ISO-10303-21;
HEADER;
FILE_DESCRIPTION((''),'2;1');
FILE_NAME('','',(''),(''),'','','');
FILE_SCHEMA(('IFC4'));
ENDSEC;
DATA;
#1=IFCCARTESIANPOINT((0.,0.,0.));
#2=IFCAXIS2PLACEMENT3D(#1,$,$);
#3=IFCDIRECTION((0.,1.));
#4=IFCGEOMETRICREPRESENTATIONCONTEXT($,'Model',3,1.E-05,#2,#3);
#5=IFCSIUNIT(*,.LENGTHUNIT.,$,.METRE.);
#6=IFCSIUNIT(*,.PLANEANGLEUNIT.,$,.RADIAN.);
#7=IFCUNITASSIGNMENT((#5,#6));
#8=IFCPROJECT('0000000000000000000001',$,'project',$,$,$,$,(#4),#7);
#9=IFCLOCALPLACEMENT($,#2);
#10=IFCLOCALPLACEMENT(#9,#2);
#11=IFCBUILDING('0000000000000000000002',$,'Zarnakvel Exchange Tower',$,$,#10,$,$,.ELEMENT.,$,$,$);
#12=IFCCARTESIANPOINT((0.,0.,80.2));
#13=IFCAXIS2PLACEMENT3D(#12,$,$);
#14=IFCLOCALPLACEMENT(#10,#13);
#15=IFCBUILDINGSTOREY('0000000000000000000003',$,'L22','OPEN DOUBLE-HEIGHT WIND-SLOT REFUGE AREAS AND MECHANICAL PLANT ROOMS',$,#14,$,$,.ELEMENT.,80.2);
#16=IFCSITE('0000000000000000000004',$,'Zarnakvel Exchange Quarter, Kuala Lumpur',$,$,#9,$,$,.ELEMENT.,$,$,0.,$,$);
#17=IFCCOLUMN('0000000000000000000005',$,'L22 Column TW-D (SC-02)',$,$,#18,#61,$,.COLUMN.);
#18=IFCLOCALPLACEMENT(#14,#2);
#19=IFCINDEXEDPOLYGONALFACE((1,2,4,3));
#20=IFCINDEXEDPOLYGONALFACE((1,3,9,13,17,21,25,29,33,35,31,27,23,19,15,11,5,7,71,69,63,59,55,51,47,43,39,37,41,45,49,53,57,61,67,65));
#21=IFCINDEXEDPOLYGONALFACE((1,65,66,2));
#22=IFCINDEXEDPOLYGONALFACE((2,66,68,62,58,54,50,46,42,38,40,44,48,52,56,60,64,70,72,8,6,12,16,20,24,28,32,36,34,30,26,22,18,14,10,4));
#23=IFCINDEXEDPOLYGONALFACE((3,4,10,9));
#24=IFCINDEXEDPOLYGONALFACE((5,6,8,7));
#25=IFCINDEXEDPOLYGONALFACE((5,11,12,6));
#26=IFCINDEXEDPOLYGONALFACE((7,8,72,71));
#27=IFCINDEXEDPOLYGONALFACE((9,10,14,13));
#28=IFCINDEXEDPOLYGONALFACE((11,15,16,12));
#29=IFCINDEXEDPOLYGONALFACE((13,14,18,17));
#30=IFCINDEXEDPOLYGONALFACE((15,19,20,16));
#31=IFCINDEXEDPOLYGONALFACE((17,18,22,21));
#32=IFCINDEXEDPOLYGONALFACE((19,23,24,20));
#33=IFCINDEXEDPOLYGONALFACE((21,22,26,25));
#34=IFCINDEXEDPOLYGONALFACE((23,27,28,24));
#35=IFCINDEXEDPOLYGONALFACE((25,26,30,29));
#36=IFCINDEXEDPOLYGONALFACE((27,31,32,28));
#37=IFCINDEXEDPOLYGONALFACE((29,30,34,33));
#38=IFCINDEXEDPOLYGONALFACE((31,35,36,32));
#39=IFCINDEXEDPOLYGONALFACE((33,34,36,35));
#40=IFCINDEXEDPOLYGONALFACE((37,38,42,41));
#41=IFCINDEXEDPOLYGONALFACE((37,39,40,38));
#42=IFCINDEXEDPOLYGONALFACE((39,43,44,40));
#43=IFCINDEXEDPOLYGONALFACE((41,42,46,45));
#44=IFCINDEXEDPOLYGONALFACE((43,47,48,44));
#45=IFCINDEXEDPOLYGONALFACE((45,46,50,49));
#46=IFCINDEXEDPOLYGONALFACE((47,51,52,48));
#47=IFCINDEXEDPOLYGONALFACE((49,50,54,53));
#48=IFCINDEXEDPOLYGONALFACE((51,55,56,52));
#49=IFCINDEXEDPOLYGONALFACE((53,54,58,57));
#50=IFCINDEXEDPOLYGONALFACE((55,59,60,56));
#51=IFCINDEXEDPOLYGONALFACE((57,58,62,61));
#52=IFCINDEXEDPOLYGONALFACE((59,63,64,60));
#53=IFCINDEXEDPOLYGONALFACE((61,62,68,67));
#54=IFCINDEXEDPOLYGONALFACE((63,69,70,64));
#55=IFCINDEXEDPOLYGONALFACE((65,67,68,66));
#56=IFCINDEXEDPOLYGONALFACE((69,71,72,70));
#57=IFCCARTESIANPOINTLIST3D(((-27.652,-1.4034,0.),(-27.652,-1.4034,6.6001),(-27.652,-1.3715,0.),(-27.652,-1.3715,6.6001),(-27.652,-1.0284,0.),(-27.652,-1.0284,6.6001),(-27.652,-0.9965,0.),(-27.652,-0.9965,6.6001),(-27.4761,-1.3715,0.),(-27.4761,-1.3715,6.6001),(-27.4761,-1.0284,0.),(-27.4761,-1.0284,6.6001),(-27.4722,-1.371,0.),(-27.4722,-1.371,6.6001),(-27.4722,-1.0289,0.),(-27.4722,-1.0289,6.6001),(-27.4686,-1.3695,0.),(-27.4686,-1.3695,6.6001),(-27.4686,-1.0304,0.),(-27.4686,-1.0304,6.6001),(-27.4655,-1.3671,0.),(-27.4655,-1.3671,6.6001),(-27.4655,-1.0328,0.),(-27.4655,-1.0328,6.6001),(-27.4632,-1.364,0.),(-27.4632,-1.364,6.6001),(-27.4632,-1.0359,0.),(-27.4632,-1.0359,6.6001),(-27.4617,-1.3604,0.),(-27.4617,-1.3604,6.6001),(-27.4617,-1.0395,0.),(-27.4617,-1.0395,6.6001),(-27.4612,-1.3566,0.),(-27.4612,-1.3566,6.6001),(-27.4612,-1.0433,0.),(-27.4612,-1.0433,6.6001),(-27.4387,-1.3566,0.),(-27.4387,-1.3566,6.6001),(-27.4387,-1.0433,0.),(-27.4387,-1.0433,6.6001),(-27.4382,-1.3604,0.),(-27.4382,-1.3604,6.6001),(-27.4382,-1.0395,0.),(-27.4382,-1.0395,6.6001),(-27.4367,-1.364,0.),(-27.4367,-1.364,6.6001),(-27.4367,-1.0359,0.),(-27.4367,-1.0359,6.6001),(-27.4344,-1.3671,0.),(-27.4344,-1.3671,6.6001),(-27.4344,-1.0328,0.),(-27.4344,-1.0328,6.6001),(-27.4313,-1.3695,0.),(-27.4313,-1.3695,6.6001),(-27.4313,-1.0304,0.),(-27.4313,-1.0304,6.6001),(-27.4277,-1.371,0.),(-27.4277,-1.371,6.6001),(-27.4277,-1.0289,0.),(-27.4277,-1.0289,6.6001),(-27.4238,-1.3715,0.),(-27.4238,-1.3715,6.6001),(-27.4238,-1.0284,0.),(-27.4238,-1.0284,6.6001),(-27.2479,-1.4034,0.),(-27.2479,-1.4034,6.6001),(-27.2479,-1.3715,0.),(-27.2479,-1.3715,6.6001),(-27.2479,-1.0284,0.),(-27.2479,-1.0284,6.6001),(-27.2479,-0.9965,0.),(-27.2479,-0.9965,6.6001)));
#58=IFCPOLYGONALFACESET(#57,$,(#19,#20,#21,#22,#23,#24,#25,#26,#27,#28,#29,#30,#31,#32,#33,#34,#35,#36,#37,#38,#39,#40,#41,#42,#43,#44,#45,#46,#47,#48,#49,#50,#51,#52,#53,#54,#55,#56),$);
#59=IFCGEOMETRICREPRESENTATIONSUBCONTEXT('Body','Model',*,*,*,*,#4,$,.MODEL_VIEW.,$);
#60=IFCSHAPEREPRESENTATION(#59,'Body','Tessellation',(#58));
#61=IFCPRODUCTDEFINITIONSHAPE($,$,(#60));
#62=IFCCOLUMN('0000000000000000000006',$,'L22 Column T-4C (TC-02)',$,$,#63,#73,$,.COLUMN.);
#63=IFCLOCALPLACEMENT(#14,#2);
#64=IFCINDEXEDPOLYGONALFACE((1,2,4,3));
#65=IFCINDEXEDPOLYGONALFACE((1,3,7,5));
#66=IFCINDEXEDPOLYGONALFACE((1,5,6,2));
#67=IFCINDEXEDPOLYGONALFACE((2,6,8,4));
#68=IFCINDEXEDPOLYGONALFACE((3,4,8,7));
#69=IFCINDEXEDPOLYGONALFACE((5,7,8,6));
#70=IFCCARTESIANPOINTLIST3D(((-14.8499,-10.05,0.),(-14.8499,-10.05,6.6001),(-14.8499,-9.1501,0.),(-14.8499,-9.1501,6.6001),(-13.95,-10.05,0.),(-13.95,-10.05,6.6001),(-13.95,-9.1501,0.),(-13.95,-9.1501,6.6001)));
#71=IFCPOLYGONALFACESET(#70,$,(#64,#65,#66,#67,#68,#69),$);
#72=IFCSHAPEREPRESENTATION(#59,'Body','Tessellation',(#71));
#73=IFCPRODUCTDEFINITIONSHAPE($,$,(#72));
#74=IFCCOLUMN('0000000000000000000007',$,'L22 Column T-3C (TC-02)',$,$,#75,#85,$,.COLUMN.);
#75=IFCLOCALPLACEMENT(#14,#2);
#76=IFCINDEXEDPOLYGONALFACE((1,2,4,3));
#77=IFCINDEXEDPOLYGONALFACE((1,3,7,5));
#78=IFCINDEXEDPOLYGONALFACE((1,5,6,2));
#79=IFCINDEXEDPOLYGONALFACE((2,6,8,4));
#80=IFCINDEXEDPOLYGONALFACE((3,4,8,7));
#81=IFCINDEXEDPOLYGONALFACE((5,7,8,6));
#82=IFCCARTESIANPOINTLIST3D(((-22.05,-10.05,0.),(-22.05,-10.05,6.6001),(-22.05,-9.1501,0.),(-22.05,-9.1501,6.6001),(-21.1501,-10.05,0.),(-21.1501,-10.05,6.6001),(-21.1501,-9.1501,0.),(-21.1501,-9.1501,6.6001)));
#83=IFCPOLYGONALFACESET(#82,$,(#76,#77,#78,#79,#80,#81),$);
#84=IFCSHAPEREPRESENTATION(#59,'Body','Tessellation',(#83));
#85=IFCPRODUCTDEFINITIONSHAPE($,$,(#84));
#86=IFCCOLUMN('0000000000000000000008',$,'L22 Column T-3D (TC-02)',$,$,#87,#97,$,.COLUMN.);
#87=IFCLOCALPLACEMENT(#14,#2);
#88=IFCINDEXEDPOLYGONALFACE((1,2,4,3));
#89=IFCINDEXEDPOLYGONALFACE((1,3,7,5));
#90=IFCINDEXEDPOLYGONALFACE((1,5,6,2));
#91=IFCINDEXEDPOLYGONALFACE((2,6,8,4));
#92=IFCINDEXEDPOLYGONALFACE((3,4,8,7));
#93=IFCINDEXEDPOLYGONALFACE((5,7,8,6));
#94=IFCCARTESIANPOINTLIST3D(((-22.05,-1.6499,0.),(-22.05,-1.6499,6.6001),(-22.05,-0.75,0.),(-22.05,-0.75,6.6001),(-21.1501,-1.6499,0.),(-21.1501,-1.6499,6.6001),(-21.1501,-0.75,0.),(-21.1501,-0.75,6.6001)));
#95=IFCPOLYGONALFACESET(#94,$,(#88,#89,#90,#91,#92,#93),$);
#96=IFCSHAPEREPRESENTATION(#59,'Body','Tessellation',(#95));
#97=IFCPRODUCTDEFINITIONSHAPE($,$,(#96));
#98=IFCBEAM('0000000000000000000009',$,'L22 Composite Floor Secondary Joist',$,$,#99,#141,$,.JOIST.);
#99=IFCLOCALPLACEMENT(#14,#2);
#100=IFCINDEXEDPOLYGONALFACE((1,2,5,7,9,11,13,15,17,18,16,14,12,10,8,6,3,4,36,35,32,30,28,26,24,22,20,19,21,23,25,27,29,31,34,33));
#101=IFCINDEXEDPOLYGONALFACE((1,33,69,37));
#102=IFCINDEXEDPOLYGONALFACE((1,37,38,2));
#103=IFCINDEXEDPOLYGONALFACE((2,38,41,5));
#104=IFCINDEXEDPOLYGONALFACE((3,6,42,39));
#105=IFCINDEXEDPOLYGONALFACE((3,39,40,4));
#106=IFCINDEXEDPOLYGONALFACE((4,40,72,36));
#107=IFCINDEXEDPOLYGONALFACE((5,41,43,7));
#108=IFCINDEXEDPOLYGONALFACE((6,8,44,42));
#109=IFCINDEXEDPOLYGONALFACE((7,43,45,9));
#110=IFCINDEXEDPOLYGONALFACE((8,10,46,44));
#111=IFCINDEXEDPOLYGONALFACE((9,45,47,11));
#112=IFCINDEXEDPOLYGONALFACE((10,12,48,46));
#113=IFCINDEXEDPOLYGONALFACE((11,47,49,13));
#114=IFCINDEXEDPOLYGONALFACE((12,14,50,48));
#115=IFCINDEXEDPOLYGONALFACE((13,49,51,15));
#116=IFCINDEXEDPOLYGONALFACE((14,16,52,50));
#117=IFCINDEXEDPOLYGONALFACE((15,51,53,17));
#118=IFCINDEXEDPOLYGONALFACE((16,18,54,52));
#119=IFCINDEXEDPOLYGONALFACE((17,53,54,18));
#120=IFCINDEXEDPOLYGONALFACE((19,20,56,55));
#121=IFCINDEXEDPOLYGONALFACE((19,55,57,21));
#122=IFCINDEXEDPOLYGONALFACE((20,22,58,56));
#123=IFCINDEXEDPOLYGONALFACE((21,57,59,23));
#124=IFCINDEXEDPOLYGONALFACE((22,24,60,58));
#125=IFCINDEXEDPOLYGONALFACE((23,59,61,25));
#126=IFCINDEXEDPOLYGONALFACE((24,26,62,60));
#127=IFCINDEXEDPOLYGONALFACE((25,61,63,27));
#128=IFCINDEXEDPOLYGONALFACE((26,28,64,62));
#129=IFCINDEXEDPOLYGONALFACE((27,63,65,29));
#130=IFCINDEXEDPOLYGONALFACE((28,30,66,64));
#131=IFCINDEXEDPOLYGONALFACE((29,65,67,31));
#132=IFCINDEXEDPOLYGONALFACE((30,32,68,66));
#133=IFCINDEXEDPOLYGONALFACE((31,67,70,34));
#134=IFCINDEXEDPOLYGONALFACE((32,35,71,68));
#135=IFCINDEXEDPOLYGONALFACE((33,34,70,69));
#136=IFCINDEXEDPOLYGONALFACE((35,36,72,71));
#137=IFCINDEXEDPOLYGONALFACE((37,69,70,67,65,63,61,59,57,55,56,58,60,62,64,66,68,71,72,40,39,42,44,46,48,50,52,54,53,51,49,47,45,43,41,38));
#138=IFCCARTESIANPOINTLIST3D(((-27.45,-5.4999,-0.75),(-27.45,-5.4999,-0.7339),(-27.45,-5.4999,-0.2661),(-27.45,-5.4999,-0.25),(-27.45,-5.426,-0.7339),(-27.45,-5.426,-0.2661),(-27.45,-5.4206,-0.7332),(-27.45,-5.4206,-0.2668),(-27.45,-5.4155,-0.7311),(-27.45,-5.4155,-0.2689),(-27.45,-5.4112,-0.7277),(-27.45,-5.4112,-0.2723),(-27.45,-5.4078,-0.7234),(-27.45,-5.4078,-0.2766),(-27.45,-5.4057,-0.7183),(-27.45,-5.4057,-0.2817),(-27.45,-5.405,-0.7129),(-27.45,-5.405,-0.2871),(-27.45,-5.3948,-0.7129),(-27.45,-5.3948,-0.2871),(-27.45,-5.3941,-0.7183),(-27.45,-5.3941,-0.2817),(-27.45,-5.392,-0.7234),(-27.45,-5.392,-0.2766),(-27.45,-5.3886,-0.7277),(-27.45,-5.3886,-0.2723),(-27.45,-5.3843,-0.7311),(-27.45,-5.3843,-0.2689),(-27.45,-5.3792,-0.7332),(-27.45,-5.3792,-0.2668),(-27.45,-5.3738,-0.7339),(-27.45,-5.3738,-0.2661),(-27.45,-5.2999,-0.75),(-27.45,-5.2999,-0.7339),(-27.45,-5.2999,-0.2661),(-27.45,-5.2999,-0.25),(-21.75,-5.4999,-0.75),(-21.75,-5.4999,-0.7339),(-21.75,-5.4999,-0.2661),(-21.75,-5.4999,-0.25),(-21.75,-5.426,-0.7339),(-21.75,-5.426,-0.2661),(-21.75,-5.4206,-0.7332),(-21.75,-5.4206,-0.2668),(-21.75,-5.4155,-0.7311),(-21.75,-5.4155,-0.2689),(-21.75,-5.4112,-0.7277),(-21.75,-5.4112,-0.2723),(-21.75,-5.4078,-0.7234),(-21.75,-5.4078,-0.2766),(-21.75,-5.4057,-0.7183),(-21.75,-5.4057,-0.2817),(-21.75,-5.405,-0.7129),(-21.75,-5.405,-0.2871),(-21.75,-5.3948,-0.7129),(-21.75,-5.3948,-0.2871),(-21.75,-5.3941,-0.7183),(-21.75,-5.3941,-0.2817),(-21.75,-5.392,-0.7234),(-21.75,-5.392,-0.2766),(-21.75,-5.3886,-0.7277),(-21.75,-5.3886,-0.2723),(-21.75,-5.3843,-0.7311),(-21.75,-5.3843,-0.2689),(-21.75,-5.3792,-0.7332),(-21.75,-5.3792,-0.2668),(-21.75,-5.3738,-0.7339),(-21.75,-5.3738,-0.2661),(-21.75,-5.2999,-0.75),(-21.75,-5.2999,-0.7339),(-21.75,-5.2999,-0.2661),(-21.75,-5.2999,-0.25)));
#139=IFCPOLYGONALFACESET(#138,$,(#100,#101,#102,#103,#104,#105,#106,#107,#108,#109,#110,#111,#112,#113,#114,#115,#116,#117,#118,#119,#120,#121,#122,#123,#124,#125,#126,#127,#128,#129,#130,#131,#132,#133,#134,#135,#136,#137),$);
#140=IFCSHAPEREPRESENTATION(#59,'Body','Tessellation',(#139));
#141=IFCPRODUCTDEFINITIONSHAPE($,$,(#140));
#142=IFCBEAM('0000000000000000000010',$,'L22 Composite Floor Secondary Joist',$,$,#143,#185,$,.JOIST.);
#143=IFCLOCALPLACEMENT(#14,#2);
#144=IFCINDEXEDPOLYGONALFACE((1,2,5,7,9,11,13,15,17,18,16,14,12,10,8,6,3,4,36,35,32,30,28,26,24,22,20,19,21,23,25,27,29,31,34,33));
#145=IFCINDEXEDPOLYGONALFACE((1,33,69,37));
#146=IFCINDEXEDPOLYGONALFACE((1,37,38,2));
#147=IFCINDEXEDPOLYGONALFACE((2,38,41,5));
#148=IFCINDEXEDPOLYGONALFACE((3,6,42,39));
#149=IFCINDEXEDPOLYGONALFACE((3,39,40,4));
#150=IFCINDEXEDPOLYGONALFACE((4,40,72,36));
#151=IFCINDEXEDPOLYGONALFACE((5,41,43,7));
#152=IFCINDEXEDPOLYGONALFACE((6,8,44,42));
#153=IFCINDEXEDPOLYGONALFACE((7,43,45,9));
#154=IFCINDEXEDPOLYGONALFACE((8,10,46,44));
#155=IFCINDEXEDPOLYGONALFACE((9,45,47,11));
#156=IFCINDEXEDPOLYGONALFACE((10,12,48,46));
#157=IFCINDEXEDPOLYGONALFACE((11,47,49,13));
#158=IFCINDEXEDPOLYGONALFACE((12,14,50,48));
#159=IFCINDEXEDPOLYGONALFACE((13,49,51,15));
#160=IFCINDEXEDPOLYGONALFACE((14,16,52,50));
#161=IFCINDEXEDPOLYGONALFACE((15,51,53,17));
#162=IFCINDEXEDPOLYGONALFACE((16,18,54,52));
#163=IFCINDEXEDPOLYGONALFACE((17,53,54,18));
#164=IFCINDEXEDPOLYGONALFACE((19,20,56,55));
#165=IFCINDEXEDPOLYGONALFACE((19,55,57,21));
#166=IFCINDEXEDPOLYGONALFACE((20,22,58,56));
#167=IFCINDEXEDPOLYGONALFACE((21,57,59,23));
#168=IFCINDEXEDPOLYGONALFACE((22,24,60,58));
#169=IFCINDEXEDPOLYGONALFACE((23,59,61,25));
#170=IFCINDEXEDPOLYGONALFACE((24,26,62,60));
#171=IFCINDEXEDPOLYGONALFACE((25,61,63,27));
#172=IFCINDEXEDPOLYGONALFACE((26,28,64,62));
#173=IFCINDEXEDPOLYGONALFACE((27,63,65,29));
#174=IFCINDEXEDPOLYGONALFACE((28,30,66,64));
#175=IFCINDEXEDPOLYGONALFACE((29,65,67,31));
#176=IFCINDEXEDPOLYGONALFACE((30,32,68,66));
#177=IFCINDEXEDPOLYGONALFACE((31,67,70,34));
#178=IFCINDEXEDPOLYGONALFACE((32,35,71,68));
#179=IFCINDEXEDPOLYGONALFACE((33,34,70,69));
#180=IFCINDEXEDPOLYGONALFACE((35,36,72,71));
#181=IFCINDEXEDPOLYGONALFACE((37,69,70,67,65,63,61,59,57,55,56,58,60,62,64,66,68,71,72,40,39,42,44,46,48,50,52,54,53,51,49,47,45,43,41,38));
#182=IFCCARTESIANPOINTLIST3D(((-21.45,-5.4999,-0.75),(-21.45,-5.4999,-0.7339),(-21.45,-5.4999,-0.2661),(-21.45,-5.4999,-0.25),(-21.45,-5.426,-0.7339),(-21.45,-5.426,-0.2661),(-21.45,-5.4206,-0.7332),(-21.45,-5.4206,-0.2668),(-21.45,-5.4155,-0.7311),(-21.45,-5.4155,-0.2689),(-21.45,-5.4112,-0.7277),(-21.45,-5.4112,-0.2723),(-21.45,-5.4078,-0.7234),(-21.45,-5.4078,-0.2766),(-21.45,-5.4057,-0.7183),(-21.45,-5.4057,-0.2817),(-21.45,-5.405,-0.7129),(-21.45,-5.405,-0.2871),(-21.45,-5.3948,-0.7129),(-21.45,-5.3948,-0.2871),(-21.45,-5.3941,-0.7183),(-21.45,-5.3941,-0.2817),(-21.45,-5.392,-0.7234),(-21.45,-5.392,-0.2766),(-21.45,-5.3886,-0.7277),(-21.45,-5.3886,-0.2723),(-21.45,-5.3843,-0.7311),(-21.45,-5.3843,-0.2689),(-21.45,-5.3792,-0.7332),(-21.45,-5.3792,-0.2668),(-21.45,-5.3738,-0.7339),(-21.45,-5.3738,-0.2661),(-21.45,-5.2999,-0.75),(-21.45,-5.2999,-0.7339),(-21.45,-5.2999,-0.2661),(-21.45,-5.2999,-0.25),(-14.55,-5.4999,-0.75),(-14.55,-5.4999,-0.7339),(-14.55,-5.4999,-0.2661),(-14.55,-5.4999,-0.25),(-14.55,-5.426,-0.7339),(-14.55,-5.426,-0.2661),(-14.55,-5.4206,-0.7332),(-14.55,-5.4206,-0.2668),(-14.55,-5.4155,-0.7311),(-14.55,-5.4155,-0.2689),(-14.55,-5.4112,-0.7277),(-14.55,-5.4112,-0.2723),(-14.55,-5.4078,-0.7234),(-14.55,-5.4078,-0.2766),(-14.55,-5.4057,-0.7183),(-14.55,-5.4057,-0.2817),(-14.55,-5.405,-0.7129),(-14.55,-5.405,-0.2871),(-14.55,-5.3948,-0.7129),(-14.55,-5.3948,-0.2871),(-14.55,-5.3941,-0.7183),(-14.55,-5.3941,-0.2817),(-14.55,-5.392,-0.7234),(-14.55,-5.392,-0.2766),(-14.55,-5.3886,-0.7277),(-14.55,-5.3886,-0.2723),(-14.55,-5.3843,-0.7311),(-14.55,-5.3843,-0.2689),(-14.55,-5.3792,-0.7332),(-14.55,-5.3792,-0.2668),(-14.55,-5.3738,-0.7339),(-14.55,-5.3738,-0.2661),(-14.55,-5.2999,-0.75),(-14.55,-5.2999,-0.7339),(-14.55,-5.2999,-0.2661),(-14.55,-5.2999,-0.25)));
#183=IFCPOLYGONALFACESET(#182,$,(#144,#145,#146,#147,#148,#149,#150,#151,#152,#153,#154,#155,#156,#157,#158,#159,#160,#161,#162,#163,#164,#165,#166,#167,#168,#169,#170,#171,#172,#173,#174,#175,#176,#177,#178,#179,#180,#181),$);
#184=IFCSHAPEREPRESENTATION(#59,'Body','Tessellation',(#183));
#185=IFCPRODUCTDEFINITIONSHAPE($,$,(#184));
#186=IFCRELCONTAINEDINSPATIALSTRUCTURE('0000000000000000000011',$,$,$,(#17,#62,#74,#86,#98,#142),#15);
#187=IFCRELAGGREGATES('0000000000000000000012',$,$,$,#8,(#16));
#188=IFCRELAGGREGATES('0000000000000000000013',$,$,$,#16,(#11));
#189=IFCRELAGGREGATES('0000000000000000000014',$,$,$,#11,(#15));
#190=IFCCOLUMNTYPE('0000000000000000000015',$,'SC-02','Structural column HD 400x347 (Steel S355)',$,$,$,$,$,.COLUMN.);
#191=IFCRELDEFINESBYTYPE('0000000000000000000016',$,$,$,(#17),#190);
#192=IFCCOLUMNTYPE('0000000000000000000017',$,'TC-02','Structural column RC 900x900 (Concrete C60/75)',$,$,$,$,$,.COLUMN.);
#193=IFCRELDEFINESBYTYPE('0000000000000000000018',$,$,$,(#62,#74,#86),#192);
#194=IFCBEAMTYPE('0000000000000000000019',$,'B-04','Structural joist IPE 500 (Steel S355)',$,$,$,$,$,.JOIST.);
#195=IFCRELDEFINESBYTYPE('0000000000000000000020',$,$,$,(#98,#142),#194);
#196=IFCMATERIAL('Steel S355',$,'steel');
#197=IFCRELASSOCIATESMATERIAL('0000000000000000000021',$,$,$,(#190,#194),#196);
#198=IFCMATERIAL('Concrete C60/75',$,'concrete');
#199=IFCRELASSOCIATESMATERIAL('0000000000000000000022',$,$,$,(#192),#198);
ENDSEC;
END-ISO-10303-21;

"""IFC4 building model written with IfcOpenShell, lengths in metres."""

from ifc_helpers import new_model, si_unit, direction, frame, origin, origin_2d, place, context, subcontext, project, spatial, rectangle, i_section, extrude, material, material_profile, profile_set, type_object, element, save


model = new_model("IFC4")

# Units and contexts
model_context = context("Model", 3, precision=1e-05, world=origin(), true_north=direction((0.0, 1.0)))
body_context = subcontext(model_context, "Body", "Model", "MODEL_VIEW")
ifc_project = project(units=[si_unit("LENGTHUNIT", "METRE"), si_unit("PLANEANGLEUNIT", "RADIAN")], contexts=[model_context])

# Site, building, storey
site_placement = place(None, origin())
site = spatial("IfcSite", under=ifc_project, at=site_placement, Name="Zarnakvel Exchange Quarter, Kuala Lumpur", CompositionType="ELEMENT", RefElevation=0.0)
building_placement = place(site_placement, origin())
building = spatial("IfcBuilding", under=site, at=building_placement, Name="Zarnakvel Exchange Tower", CompositionType="ELEMENT")
storey_placement = place(building_placement, frame((0.0, 0.0, 80.2)))
storey = spatial("IfcBuildingStorey", under=building, at=storey_placement, Name="L22", Description="OPEN DOUBLE-HEIGHT WIND-SLOT REFUGE AREAS AND MECHANICAL PLANT ROOMS", CompositionType="ELEMENT", Elevation=80.2)

# Columns
ifc_material_1 = material(Name="Steel S355", Category="steel")
ifc_material_profile_1 = material_profile(ifc_material_1, i_section(OverallWidth=0.4041, OverallDepth=0.407, WebThickness=0.0225, FlangeThickness=0.032, FilletRadius=0.0149, at=origin_2d()))
ifc_profile_set_1 = profile_set([ifc_material_profile_1], Name="Steel S355")
column_type_1 = type_object("IfcColumnType", Name="SC-02", Description="Structural column HD 400x347 (Steel S355)", PredefinedType="COLUMN", material=ifc_profile_set_1)
column_placement = place(storey_placement, frame((-27.45, -1.2, 0.0), z_axis=(0.0, 0.0, 1.0), x_axis=(1.0, 0.0, 0.0)))
element("IfcColumn", 1, at=column_placement, inside=storey, type_object=column_type_1, Name="L22 Column TW-D (SC-02)", PredefinedType="COLUMN", context=body_context, shape_type="SweptSolid", body=[
    extrude(i_section(OverallWidth=0.4041, OverallDepth=0.407, WebThickness=0.0225, FlangeThickness=0.032, FilletRadius=0.0149, at=origin_2d()), origin(), (0.0, 0.0, 1.0), 6.6001),
])
ifc_material_2 = material(Name="Concrete C60/75", Category="concrete")
ifc_material_profile_2 = material_profile(ifc_material_2, rectangle(XDim=0.8999, YDim=0.8999, at=origin_2d()))
ifc_profile_set_2 = profile_set([ifc_material_profile_2], Name="Concrete C60/75")
column_type_2 = type_object("IfcColumnType", Name="TC-02", Description="Structural column RC 900x900 (Concrete C60/75)", PredefinedType="COLUMN", material=ifc_profile_set_2)
for number, where, z_axis, x_axis, name in (
    (2, (-14.3999, -9.6001, 0.0), (0.0, 0.0, 1.0), (1.0, 0.0, 0.0), "L22 Column T-4C (TC-02)"),
    (3, (-21.6001, -9.6001, 0.0), (0.0, 0.0, 1.0), (1.0, 0.0, 0.0), "L22 Column T-3C (TC-02)"),
    (4, (-21.6001, -1.2, 0.0), (0.0, 0.0, 1.0), (1.0, 0.0, 0.0), "L22 Column T-3D (TC-02)"),
):
    element("IfcColumn", number, at=place(storey_placement, frame(where, z_axis=z_axis, x_axis=x_axis)), inside=storey, type_object=column_type_2, Name=name, PredefinedType="COLUMN", context=body_context, shape_type="SweptSolid", body=[
        extrude(rectangle(XDim=0.8999, YDim=0.8999, at=origin_2d()), origin(), (0.0, 0.0, 1.0), 6.6001),
    ])

# Beams
ifc_material_profile_3 = material_profile(ifc_material_1, i_section(OverallWidth=0.2, OverallDepth=0.5, WebThickness=0.0103, FlangeThickness=0.0161, FilletRadius=0.021, at=origin_2d()))
ifc_profile_set_3 = profile_set([ifc_material_profile_3], Name="Steel S355")
beam_type_1 = type_object("IfcBeamType", Name="B-04", Description="Structural joist IPE 500 (Steel S355)", PredefinedType="JOIST", material=ifc_profile_set_3)
beam_1_placement = place(storey_placement, frame((-27.45, -5.3999, -0.5), z_axis=(1.0, 0.0, 0.0), x_axis=(0.0, 1.0, 0.0)))
element("IfcBeam", 5, at=beam_1_placement, inside=storey, type_object=beam_type_1, Name="L22 Composite Floor Secondary Joist", PredefinedType="JOIST", context=body_context, shape_type="SweptSolid", body=[
    extrude(i_section(OverallWidth=0.2, OverallDepth=0.5, WebThickness=0.0103, FlangeThickness=0.0161, FilletRadius=0.021, at=origin_2d()), origin(), (0.0, 0.0, 1.0), 5.7),
])
beam_2_placement = place(storey_placement, frame((-21.45, -5.3999, -0.5), z_axis=(1.0, 0.0, 0.0), x_axis=(0.0, 1.0, 0.0)))
element("IfcBeam", 6, at=beam_2_placement, inside=storey, type_object=beam_type_1, Name="L22 Composite Floor Secondary Joist", PredefinedType="JOIST", context=body_context, shape_type="SweptSolid", body=[
    extrude(i_section(OverallWidth=0.2, OverallDepth=0.5, WebThickness=0.0103, FlangeThickness=0.0161, FilletRadius=0.021, at=origin_2d()), origin(), (0.0, 0.0, 1.0), 6.8999),
])

save(model, "model.ifc")
